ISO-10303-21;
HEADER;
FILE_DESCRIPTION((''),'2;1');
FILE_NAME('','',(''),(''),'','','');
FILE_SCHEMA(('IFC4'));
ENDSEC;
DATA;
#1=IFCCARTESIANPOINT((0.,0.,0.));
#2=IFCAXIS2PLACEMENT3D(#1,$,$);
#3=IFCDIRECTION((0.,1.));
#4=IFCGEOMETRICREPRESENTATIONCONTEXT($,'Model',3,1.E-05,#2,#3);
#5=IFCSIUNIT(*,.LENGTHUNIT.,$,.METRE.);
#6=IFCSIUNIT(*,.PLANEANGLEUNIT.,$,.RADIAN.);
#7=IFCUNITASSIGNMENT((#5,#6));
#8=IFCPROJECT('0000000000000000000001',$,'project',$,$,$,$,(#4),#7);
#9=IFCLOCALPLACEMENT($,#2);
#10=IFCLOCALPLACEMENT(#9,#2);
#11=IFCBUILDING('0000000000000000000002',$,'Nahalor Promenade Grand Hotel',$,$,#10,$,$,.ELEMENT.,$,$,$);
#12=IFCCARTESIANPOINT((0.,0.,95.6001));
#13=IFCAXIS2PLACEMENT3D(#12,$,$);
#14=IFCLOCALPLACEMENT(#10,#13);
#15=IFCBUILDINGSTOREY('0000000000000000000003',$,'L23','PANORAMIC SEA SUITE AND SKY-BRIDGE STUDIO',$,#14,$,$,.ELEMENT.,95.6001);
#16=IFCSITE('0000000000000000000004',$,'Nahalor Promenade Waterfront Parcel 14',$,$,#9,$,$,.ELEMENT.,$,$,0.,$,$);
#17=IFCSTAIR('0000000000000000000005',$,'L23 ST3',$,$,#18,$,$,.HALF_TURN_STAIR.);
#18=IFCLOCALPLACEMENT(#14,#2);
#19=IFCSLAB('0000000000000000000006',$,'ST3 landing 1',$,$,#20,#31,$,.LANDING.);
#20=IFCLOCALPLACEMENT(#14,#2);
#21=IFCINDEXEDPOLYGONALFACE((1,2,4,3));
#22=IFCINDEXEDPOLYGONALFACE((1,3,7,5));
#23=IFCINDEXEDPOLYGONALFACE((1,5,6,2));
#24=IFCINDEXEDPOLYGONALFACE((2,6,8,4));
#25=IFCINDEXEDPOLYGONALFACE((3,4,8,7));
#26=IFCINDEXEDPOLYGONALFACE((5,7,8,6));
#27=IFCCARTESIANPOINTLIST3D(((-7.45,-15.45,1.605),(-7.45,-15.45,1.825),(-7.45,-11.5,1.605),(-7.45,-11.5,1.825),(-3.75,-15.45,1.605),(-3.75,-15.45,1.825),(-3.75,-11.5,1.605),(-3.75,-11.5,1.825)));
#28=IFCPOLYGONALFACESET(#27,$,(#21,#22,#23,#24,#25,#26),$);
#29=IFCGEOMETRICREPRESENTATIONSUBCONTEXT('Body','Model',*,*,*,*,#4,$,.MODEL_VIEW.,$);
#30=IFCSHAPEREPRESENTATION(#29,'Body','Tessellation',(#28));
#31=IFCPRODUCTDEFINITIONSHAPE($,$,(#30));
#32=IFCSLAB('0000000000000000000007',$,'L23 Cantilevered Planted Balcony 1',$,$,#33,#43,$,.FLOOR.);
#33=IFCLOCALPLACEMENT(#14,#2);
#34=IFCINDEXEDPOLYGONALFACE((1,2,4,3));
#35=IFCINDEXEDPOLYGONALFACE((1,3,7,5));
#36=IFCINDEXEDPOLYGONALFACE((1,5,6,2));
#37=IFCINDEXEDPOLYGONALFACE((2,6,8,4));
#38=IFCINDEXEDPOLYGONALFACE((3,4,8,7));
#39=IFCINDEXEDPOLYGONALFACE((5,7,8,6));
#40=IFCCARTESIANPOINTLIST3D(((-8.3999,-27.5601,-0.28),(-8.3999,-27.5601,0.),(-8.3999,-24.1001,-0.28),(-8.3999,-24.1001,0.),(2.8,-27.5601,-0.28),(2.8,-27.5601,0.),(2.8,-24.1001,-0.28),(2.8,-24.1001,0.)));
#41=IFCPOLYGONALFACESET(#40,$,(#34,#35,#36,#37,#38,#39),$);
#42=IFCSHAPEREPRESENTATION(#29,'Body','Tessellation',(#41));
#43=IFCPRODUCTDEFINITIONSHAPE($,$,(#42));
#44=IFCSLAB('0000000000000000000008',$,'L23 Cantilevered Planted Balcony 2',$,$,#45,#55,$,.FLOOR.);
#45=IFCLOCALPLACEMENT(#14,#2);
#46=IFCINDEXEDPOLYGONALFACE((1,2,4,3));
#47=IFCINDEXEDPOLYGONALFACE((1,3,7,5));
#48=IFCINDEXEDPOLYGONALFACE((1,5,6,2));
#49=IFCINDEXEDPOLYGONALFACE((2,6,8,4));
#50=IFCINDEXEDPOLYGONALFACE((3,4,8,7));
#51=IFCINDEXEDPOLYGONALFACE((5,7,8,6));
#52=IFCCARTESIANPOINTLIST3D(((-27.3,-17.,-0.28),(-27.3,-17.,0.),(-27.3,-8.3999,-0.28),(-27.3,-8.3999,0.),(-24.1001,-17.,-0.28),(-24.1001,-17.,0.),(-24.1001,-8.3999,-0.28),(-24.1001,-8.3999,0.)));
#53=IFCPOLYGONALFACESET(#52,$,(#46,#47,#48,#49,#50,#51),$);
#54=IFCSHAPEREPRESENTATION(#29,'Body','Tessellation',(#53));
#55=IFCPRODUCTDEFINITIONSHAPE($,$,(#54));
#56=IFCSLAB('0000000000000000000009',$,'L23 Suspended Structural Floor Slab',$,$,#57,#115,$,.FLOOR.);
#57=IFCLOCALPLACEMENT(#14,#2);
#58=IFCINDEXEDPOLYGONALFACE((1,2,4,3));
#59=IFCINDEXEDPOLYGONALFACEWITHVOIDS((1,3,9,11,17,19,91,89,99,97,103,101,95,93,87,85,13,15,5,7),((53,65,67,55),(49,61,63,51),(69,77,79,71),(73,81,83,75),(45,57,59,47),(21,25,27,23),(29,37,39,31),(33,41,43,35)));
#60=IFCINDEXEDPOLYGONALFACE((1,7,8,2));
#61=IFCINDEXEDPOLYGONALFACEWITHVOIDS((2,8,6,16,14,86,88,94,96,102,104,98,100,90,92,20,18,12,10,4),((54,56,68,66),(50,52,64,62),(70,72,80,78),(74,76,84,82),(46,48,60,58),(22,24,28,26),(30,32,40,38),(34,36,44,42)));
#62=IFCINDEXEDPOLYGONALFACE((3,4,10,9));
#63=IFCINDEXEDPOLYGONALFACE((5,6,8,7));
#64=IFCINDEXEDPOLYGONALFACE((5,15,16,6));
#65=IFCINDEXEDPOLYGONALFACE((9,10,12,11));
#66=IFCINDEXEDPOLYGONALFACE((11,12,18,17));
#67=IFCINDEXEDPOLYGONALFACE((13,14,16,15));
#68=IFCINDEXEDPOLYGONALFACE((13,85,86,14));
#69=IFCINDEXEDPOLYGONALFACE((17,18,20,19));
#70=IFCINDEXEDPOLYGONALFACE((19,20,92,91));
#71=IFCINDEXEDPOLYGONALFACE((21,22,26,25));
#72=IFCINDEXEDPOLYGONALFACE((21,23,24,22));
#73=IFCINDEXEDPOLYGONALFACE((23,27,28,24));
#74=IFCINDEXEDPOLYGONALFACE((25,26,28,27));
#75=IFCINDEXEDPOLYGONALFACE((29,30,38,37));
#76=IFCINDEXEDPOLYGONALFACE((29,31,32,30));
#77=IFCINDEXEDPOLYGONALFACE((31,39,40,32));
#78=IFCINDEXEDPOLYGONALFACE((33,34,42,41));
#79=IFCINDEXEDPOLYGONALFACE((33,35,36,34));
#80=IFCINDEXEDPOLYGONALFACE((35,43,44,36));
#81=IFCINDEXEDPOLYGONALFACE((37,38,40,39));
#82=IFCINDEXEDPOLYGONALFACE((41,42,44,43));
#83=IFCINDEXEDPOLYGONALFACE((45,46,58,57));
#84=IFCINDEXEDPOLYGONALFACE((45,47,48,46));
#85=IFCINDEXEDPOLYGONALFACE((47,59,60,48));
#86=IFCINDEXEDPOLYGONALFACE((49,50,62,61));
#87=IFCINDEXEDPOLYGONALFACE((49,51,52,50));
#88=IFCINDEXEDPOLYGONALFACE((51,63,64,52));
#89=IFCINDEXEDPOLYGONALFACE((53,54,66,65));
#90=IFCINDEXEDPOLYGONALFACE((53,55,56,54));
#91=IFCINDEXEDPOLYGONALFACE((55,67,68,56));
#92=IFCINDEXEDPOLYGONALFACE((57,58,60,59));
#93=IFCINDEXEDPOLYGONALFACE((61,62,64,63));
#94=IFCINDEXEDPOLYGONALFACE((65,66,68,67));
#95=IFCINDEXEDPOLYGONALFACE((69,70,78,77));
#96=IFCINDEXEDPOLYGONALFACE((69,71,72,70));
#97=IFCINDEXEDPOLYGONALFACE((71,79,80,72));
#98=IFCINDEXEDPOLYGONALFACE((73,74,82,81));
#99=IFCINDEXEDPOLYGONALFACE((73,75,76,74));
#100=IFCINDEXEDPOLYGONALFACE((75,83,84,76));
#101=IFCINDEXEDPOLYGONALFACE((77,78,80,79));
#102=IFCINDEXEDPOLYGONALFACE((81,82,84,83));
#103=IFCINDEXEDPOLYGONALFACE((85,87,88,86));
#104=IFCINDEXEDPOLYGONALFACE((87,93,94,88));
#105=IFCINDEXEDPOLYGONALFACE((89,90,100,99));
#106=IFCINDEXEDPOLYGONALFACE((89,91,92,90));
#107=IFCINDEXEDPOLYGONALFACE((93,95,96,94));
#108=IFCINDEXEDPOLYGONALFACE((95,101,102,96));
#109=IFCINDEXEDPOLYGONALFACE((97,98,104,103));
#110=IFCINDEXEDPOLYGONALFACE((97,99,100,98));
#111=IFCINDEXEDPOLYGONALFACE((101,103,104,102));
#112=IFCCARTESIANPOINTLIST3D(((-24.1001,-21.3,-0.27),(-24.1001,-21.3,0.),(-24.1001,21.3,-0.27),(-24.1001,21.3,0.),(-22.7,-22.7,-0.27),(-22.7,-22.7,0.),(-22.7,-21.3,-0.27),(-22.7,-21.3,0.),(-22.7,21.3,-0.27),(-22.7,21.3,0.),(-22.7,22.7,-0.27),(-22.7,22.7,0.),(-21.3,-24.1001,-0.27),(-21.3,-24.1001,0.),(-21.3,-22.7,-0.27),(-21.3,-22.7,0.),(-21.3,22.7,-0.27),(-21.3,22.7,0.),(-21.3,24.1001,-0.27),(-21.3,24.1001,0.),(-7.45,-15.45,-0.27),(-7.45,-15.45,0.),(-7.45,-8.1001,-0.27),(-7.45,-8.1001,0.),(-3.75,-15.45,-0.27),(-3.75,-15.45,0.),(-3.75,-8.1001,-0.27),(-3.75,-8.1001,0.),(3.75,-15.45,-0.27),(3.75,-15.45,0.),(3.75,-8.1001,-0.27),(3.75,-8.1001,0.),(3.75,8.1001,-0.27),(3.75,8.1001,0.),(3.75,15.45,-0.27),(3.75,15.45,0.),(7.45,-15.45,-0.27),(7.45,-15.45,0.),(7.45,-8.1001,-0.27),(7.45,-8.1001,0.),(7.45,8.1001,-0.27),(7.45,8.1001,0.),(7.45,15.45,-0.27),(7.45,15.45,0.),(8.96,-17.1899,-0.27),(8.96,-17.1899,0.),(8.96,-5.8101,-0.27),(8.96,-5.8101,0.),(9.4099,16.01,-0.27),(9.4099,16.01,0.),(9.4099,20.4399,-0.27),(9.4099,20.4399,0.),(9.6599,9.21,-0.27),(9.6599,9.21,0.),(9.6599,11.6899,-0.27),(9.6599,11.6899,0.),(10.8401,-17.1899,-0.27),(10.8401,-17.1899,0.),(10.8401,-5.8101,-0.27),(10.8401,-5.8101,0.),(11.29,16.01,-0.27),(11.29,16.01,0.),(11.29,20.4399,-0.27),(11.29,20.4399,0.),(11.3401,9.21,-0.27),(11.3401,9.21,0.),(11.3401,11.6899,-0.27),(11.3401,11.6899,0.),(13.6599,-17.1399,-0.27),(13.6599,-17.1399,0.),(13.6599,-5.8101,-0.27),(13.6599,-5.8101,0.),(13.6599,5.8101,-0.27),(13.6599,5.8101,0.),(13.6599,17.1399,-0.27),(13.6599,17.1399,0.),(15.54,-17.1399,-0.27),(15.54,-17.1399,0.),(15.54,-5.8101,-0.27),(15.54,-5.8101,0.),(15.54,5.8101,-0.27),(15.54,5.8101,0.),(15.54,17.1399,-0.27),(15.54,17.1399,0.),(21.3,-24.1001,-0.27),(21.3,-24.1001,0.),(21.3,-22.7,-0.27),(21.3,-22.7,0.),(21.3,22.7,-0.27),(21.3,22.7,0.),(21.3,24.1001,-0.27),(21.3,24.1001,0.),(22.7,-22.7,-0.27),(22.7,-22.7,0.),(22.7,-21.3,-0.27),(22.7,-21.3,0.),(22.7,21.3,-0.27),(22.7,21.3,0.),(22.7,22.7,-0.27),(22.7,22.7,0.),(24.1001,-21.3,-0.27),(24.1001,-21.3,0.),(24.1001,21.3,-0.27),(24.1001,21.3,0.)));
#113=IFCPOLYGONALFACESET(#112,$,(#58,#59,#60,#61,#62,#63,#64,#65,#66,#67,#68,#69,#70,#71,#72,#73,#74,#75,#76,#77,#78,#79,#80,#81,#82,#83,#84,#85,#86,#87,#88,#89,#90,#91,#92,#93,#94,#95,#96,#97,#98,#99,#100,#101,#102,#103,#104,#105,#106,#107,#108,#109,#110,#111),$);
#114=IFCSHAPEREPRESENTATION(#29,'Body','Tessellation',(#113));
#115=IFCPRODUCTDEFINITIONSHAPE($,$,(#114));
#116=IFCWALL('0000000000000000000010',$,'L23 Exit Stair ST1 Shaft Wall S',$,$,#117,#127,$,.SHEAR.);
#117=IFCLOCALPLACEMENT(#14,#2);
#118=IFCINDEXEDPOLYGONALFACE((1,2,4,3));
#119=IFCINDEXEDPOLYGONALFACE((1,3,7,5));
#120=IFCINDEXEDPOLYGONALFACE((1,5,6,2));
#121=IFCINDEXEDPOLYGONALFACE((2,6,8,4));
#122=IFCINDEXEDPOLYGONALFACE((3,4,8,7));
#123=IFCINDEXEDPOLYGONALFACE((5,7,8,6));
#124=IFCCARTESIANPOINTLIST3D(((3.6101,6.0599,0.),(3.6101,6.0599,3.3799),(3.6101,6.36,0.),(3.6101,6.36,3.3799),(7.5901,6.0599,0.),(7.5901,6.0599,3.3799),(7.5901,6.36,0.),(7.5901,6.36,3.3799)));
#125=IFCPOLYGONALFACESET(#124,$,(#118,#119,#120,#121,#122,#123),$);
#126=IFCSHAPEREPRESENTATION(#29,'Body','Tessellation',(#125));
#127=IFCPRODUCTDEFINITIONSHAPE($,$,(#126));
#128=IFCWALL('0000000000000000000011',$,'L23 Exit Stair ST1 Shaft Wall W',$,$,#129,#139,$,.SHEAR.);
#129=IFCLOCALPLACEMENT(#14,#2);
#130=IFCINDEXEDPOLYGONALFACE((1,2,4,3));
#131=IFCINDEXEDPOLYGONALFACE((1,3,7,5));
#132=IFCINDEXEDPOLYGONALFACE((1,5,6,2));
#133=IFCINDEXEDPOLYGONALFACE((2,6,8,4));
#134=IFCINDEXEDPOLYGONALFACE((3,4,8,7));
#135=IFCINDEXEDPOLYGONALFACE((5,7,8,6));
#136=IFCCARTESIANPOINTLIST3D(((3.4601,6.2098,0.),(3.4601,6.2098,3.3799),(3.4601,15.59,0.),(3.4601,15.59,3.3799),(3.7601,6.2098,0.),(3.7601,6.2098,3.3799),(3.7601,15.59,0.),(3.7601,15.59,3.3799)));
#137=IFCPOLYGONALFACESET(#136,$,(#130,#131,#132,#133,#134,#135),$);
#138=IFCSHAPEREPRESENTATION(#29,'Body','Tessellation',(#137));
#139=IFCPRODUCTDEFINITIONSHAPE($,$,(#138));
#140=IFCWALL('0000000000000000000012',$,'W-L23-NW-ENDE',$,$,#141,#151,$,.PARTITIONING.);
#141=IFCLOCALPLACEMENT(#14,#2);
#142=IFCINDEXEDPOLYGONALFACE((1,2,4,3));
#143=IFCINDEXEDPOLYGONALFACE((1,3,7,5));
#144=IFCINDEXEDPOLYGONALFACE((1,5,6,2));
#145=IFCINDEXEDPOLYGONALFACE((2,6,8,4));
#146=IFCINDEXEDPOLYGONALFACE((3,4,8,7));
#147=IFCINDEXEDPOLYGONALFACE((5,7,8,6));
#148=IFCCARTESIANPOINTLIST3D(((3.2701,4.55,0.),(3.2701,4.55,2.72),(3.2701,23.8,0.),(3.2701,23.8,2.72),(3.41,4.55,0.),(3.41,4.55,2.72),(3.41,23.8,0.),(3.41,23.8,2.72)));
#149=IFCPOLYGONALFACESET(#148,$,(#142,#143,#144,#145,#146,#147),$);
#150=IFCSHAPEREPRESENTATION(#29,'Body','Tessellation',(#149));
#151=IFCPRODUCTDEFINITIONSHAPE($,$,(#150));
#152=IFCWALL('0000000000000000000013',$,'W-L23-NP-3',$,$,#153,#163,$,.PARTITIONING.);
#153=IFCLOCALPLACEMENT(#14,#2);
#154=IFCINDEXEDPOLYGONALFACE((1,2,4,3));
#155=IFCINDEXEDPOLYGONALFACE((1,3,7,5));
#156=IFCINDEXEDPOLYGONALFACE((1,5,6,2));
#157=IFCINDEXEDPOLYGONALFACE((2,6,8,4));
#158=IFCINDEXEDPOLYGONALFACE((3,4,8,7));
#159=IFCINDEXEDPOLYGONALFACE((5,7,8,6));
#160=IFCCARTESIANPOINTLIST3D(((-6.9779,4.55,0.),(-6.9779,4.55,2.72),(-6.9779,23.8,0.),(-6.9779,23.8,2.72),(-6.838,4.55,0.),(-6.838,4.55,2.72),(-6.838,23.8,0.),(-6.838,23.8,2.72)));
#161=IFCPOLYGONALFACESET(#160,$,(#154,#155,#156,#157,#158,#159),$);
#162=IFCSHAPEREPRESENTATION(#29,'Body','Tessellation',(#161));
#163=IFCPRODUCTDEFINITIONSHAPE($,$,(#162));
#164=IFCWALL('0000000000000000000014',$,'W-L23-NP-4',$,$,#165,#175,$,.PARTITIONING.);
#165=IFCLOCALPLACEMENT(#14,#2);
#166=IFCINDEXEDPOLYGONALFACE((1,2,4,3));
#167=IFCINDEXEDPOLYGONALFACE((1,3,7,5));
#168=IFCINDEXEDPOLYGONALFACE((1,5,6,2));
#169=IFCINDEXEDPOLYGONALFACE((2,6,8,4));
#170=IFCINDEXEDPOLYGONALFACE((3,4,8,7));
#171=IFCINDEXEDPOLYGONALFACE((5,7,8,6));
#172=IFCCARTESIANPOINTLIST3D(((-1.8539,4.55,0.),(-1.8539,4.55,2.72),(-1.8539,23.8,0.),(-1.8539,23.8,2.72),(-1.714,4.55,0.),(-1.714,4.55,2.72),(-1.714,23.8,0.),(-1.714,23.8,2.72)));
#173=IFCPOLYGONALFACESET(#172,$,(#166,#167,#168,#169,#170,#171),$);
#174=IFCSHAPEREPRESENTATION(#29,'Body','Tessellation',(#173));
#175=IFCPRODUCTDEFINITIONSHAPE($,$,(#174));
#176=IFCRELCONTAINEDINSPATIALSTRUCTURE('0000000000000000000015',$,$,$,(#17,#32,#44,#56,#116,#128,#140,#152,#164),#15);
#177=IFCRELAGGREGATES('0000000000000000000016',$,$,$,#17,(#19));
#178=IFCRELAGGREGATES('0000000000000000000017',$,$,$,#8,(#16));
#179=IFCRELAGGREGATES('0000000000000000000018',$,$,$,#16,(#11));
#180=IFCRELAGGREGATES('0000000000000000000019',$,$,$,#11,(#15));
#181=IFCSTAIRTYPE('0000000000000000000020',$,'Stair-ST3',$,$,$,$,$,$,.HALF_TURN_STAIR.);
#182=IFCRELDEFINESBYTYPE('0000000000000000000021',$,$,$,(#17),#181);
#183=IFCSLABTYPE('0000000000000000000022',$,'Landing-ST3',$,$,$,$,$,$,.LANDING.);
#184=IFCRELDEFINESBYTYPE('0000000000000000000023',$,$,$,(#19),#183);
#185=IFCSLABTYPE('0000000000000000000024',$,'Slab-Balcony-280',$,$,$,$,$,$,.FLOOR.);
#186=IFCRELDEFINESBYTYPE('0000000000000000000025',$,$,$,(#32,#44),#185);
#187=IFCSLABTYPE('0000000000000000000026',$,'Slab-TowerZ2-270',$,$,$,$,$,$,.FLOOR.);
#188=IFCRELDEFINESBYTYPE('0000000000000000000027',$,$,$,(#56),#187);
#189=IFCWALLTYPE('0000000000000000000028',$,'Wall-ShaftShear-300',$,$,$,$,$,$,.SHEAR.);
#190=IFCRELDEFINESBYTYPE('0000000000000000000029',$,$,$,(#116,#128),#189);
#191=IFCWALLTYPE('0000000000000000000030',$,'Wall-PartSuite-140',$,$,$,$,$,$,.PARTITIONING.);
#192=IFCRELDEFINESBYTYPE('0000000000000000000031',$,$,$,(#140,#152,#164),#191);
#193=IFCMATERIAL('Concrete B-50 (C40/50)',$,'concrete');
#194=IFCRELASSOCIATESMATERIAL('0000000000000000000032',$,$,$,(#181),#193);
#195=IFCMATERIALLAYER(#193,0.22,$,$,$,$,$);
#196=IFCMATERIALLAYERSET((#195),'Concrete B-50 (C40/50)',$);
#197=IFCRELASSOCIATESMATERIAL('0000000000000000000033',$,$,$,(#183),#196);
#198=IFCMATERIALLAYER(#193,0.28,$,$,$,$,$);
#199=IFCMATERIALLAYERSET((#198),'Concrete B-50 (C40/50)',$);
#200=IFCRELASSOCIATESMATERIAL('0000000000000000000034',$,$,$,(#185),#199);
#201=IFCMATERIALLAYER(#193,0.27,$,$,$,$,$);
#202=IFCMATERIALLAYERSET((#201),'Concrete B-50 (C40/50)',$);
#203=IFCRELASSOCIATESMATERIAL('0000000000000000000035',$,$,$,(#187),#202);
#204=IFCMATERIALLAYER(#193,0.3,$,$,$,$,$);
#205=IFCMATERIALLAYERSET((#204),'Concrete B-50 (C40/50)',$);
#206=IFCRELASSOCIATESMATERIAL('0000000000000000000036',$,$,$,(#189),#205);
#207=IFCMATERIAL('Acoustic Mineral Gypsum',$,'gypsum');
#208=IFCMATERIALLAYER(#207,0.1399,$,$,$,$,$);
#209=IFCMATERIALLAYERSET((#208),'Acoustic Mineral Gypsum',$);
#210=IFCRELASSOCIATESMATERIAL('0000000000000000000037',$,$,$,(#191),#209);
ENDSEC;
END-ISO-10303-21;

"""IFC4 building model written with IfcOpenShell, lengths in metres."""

from ifc_helpers import new_model, si_unit, direction, frame, frame_2d, origin, place, context, subcontext, project, spatial, polyline, rectangle, outline, extrude, source, transform, mapped, material, layer, layer_set, type_object, element, aggregate, save


model = new_model("IFC4")

# Units and contexts
model_context = context("Model", 3, precision=1e-05, world=origin(), true_north=direction((0.0, 1.0)))
body_context = subcontext(model_context, "Body", "Model", "MODEL_VIEW")
ifc_project = project(units=[si_unit("LENGTHUNIT", "METRE"), si_unit("PLANEANGLEUNIT", "RADIAN")], contexts=[model_context])

# Site, building, storey
site_placement = place(None, origin())
site = spatial("IfcSite", under=ifc_project, at=site_placement, Name="Nahalor Promenade Waterfront Parcel 14", CompositionType="ELEMENT", RefElevation=0.0)
building_placement = place(site_placement, origin())
building = spatial("IfcBuilding", under=site, at=building_placement, Name="Nahalor Promenade Grand Hotel", CompositionType="ELEMENT")
storey_placement = place(building_placement, frame((0.0, 0.0, 95.6001)))
storey = spatial("IfcBuildingStorey", under=building, at=storey_placement, Name="L23", Description="PANORAMIC SEA SUITE AND SKY-BRIDGE STUDIO", CompositionType="ELEMENT", Elevation=95.6001)

# Stair, slab
ifc_material_1 = material(Name="Concrete B-50 (C40/50)", Category="concrete")
stair_type_1 = type_object("IfcStairType", Name="Stair-ST3", PredefinedType="HALF_TURN_STAIR", material=ifc_material_1)
stair_1_placement = place(storey_placement, origin())
stair_1 = element("IfcStair", 1, at=stair_1_placement, inside=storey, type_object=stair_type_1, Name="L23 ST3", PredefinedType="HALF_TURN_STAIR")
ifc_layer_1 = layer(ifc_material_1, 0.22)
ifc_layer_set_1 = layer_set([ifc_layer_1], Name="Concrete B-50 (C40/50)")
slab_type_1 = type_object("IfcSlabType", Name="Landing-ST3", PredefinedType="LANDING", material=ifc_layer_set_1)
slab_1_placement = place(storey_placement, frame((0.0, 0.0, 1.605)))
slab_1 = element("IfcSlab", 2, at=slab_1_placement, type_object=slab_type_1, Name="ST3 landing 1", PredefinedType="LANDING", context=body_context, shape_type="SweptSolid", body=[
    extrude(outline(polyline([(-7.45, -11.5), (-7.45, -15.45), (-3.75, -15.45), (-3.75, -11.5), (-7.45, -11.5)])), origin(), (0.0, 0.0, 1.0), 0.22),
])
aggregate(stair_1, [slab_1])

# Slabs
ifc_layer_2 = layer(ifc_material_1, 0.28)
ifc_layer_set_2 = layer_set([ifc_layer_2], Name="Concrete B-50 (C40/50)")
slab_type_2 = type_object("IfcSlabType", Name="Slab-Balcony-280", PredefinedType="FLOOR", material=ifc_layer_set_2)
slab_2_placement = place(storey_placement, frame((0.0, 0.0, -0.28)))
element("IfcSlab", 3, at=slab_2_placement, inside=storey, type_object=slab_type_2, Name="L23 Cantilevered Planted Balcony 1", PredefinedType="FLOOR", context=body_context, shape_type="SweptSolid", body=[
    extrude(outline(polyline([(-8.3999, -27.5601), (2.8, -27.5601), (2.8, -24.1001), (-8.3999, -24.1001), (-8.3999, -27.5601)])), origin(), (0.0, 0.0, 1.0), 0.28),
])
slab_3_placement = place(storey_placement, frame((0.0, 0.0, -0.28)))
element("IfcSlab", 4, at=slab_3_placement, inside=storey, type_object=slab_type_2, Name="L23 Cantilevered Planted Balcony 2", PredefinedType="FLOOR", context=body_context, shape_type="SweptSolid", body=[
    extrude(outline(polyline([(-27.3, -17.0), (-24.1001, -17.0), (-24.1001, -8.3999), (-27.3, -8.3999), (-27.3, -17.0)])), origin(), (0.0, 0.0, 1.0), 0.28),
])
ifc_layer_3 = layer(ifc_material_1, 0.27)
ifc_layer_set_3 = layer_set([ifc_layer_3], Name="Concrete B-50 (C40/50)")
slab_type_3 = type_object("IfcSlabType", Name="Slab-TowerZ2-270", PredefinedType="FLOOR", material=ifc_layer_set_3)
slab_4_placement = place(storey_placement, frame((0.0, 0.0, -0.27)))
element("IfcSlab", 5, at=slab_4_placement, inside=storey, type_object=slab_type_3, Name="L23 Suspended Structural Floor Slab", PredefinedType="FLOOR", context=body_context, shape_type="SweptSolid", body=[
    extrude(outline(polyline([(-21.3, -24.1001), (21.3, -24.1001), (21.3, -22.7), (22.7, -22.7), (22.7, -21.3), (24.1001, -21.3), (24.1001, 21.3), (22.7, 21.3), (22.7, 22.7), (21.3, 22.7), (21.3, 24.1001), (-21.3, 24.1001), (-21.3, 22.7), (-22.7, 22.7), (-22.7, 21.3), (-24.1001, 21.3), (-24.1001, -21.3), (-22.7, -21.3), (-22.7, -22.7), (-21.3, -22.7), (-21.3, -24.1001)]), holes=[polyline([(3.75, 8.1001), (7.45, 8.1001), (7.45, 15.45), (3.75, 15.45), (3.75, 8.1001)]), polyline([(3.75, -15.45), (7.45, -15.45), (7.45, -8.1001), (3.75, -8.1001), (3.75, -15.45)]), polyline([(-7.45, -15.45), (-3.75, -15.45), (-3.75, -8.1001), (-7.45, -8.1001), (-7.45, -15.45)]), polyline([(13.6599, 5.8101), (15.54, 5.8101), (15.54, 17.1399), (13.6599, 17.1399), (13.6599, 5.8101)]), polyline([(13.6599, -17.1399), (15.54, -17.1399), (15.54, -5.8101), (13.6599, -5.8101), (13.6599, -17.1399)]), polyline([(8.96, -17.1899), (10.8401, -17.1899), (10.8401, -5.8101), (8.96, -5.8101), (8.96, -17.1899)]), polyline([(9.4099, 16.01), (11.29, 16.01), (11.29, 20.4399), (9.4099, 20.4399), (9.4099, 16.01)]), polyline([(9.6599, 9.21), (11.3401, 9.21), (11.3401, 11.6899), (9.6599, 11.6899), (9.6599, 9.21)])]), origin(), (0.0, 0.0, 1.0), 0.27),
])

# Walls
ifc_layer_4 = layer(ifc_material_1, 0.3)
ifc_layer_set_4 = layer_set([ifc_layer_4], Name="Concrete B-50 (C40/50)")
wall_type_1 = type_object("IfcWallType", Name="Wall-ShaftShear-300", PredefinedType="SHEAR", material=ifc_layer_set_4)
shared_shape_1 = source(origin(), body_context, "Body", "SweptSolid", [
    extrude(rectangle(XDim=3.98, YDim=0.3, at=frame_2d((1.99, 0.0))), origin(), (0.0, 0.0, 1.0), 3.3799),
])
wall_1_placement = place(storey_placement, frame((3.6101, 6.21, 0.0), z_axis=(0.0, 0.0, 1.0), x_axis=(1.0, 0.0, 0.0)))
element("IfcWall", 6, at=wall_1_placement, inside=storey, type_object=wall_type_1, Name="L23 Exit Stair ST1 Shaft Wall S", PredefinedType="SHEAR", context=body_context, shape_type="MappedRepresentation", body=[
    mapped(shared_shape_1, transform((0.0, 0.0, 0.0), scale=1.0)),
])
shared_shape_2 = source(origin(), body_context, "Body", "SweptSolid", [
    extrude(rectangle(XDim=9.3801, YDim=0.3, at=frame_2d((4.6899, 0.0))), origin(), (0.0, 0.0, 1.0), 3.3799),
])
wall_2_placement = place(storey_placement, frame((3.6101, 6.21, 0.0), z_axis=(0.0, 0.0, 1.0), x_axis=(0.0, 1.0, 0.0)))
element("IfcWall", 7, at=wall_2_placement, inside=storey, type_object=wall_type_1, Name="L23 Exit Stair ST1 Shaft Wall W", PredefinedType="SHEAR", context=body_context, shape_type="MappedRepresentation", body=[
    mapped(shared_shape_2, transform((0.0, 0.0, 0.0), scale=1.0)),
])
ifc_material_2 = material(Name="Acoustic Mineral Gypsum", Category="gypsum")
ifc_layer_5 = layer(ifc_material_2, 0.1399)
ifc_layer_set_5 = layer_set([ifc_layer_5], Name="Acoustic Mineral Gypsum")
wall_type_2 = type_object("IfcWallType", Name="Wall-PartSuite-140", PredefinedType="PARTITIONING", material=ifc_layer_set_5)
shared_shape_3 = source(origin(), body_context, "Body", "SweptSolid", [
    extrude(rectangle(XDim=19.25, YDim=0.1399, at=frame_2d((9.625, 0.0))), origin(), (0.0, 0.0, 1.0), 2.72),
])
for number, where, z_axis, x_axis, name in (
    (8, (3.3401, 4.55, 0.0), (0.0, 0.0, 1.0), (0.0, 1.0, 0.0), "W-L23-NW-ENDE"),
    (9, (-6.908, 4.55, 0.0), (0.0, 0.0, 1.0), (0.0, 1.0, 0.0), "W-L23-NP-3"),
    (10, (-1.7839, 4.55, 0.0), (0.0, 0.0, 1.0), (0.0, 1.0, 0.0), "W-L23-NP-4"),
):
    element("IfcWall", number, at=place(storey_placement, frame(where, z_axis=z_axis, x_axis=x_axis)), inside=storey, type_object=wall_type_2, Name=name, PredefinedType="PARTITIONING", context=body_context, shape_type="MappedRepresentation", body=[
        mapped(shared_shape_3, transform((0.0, 0.0, 0.0), scale=1.0)),
    ])

save(model, "model.ifc")
